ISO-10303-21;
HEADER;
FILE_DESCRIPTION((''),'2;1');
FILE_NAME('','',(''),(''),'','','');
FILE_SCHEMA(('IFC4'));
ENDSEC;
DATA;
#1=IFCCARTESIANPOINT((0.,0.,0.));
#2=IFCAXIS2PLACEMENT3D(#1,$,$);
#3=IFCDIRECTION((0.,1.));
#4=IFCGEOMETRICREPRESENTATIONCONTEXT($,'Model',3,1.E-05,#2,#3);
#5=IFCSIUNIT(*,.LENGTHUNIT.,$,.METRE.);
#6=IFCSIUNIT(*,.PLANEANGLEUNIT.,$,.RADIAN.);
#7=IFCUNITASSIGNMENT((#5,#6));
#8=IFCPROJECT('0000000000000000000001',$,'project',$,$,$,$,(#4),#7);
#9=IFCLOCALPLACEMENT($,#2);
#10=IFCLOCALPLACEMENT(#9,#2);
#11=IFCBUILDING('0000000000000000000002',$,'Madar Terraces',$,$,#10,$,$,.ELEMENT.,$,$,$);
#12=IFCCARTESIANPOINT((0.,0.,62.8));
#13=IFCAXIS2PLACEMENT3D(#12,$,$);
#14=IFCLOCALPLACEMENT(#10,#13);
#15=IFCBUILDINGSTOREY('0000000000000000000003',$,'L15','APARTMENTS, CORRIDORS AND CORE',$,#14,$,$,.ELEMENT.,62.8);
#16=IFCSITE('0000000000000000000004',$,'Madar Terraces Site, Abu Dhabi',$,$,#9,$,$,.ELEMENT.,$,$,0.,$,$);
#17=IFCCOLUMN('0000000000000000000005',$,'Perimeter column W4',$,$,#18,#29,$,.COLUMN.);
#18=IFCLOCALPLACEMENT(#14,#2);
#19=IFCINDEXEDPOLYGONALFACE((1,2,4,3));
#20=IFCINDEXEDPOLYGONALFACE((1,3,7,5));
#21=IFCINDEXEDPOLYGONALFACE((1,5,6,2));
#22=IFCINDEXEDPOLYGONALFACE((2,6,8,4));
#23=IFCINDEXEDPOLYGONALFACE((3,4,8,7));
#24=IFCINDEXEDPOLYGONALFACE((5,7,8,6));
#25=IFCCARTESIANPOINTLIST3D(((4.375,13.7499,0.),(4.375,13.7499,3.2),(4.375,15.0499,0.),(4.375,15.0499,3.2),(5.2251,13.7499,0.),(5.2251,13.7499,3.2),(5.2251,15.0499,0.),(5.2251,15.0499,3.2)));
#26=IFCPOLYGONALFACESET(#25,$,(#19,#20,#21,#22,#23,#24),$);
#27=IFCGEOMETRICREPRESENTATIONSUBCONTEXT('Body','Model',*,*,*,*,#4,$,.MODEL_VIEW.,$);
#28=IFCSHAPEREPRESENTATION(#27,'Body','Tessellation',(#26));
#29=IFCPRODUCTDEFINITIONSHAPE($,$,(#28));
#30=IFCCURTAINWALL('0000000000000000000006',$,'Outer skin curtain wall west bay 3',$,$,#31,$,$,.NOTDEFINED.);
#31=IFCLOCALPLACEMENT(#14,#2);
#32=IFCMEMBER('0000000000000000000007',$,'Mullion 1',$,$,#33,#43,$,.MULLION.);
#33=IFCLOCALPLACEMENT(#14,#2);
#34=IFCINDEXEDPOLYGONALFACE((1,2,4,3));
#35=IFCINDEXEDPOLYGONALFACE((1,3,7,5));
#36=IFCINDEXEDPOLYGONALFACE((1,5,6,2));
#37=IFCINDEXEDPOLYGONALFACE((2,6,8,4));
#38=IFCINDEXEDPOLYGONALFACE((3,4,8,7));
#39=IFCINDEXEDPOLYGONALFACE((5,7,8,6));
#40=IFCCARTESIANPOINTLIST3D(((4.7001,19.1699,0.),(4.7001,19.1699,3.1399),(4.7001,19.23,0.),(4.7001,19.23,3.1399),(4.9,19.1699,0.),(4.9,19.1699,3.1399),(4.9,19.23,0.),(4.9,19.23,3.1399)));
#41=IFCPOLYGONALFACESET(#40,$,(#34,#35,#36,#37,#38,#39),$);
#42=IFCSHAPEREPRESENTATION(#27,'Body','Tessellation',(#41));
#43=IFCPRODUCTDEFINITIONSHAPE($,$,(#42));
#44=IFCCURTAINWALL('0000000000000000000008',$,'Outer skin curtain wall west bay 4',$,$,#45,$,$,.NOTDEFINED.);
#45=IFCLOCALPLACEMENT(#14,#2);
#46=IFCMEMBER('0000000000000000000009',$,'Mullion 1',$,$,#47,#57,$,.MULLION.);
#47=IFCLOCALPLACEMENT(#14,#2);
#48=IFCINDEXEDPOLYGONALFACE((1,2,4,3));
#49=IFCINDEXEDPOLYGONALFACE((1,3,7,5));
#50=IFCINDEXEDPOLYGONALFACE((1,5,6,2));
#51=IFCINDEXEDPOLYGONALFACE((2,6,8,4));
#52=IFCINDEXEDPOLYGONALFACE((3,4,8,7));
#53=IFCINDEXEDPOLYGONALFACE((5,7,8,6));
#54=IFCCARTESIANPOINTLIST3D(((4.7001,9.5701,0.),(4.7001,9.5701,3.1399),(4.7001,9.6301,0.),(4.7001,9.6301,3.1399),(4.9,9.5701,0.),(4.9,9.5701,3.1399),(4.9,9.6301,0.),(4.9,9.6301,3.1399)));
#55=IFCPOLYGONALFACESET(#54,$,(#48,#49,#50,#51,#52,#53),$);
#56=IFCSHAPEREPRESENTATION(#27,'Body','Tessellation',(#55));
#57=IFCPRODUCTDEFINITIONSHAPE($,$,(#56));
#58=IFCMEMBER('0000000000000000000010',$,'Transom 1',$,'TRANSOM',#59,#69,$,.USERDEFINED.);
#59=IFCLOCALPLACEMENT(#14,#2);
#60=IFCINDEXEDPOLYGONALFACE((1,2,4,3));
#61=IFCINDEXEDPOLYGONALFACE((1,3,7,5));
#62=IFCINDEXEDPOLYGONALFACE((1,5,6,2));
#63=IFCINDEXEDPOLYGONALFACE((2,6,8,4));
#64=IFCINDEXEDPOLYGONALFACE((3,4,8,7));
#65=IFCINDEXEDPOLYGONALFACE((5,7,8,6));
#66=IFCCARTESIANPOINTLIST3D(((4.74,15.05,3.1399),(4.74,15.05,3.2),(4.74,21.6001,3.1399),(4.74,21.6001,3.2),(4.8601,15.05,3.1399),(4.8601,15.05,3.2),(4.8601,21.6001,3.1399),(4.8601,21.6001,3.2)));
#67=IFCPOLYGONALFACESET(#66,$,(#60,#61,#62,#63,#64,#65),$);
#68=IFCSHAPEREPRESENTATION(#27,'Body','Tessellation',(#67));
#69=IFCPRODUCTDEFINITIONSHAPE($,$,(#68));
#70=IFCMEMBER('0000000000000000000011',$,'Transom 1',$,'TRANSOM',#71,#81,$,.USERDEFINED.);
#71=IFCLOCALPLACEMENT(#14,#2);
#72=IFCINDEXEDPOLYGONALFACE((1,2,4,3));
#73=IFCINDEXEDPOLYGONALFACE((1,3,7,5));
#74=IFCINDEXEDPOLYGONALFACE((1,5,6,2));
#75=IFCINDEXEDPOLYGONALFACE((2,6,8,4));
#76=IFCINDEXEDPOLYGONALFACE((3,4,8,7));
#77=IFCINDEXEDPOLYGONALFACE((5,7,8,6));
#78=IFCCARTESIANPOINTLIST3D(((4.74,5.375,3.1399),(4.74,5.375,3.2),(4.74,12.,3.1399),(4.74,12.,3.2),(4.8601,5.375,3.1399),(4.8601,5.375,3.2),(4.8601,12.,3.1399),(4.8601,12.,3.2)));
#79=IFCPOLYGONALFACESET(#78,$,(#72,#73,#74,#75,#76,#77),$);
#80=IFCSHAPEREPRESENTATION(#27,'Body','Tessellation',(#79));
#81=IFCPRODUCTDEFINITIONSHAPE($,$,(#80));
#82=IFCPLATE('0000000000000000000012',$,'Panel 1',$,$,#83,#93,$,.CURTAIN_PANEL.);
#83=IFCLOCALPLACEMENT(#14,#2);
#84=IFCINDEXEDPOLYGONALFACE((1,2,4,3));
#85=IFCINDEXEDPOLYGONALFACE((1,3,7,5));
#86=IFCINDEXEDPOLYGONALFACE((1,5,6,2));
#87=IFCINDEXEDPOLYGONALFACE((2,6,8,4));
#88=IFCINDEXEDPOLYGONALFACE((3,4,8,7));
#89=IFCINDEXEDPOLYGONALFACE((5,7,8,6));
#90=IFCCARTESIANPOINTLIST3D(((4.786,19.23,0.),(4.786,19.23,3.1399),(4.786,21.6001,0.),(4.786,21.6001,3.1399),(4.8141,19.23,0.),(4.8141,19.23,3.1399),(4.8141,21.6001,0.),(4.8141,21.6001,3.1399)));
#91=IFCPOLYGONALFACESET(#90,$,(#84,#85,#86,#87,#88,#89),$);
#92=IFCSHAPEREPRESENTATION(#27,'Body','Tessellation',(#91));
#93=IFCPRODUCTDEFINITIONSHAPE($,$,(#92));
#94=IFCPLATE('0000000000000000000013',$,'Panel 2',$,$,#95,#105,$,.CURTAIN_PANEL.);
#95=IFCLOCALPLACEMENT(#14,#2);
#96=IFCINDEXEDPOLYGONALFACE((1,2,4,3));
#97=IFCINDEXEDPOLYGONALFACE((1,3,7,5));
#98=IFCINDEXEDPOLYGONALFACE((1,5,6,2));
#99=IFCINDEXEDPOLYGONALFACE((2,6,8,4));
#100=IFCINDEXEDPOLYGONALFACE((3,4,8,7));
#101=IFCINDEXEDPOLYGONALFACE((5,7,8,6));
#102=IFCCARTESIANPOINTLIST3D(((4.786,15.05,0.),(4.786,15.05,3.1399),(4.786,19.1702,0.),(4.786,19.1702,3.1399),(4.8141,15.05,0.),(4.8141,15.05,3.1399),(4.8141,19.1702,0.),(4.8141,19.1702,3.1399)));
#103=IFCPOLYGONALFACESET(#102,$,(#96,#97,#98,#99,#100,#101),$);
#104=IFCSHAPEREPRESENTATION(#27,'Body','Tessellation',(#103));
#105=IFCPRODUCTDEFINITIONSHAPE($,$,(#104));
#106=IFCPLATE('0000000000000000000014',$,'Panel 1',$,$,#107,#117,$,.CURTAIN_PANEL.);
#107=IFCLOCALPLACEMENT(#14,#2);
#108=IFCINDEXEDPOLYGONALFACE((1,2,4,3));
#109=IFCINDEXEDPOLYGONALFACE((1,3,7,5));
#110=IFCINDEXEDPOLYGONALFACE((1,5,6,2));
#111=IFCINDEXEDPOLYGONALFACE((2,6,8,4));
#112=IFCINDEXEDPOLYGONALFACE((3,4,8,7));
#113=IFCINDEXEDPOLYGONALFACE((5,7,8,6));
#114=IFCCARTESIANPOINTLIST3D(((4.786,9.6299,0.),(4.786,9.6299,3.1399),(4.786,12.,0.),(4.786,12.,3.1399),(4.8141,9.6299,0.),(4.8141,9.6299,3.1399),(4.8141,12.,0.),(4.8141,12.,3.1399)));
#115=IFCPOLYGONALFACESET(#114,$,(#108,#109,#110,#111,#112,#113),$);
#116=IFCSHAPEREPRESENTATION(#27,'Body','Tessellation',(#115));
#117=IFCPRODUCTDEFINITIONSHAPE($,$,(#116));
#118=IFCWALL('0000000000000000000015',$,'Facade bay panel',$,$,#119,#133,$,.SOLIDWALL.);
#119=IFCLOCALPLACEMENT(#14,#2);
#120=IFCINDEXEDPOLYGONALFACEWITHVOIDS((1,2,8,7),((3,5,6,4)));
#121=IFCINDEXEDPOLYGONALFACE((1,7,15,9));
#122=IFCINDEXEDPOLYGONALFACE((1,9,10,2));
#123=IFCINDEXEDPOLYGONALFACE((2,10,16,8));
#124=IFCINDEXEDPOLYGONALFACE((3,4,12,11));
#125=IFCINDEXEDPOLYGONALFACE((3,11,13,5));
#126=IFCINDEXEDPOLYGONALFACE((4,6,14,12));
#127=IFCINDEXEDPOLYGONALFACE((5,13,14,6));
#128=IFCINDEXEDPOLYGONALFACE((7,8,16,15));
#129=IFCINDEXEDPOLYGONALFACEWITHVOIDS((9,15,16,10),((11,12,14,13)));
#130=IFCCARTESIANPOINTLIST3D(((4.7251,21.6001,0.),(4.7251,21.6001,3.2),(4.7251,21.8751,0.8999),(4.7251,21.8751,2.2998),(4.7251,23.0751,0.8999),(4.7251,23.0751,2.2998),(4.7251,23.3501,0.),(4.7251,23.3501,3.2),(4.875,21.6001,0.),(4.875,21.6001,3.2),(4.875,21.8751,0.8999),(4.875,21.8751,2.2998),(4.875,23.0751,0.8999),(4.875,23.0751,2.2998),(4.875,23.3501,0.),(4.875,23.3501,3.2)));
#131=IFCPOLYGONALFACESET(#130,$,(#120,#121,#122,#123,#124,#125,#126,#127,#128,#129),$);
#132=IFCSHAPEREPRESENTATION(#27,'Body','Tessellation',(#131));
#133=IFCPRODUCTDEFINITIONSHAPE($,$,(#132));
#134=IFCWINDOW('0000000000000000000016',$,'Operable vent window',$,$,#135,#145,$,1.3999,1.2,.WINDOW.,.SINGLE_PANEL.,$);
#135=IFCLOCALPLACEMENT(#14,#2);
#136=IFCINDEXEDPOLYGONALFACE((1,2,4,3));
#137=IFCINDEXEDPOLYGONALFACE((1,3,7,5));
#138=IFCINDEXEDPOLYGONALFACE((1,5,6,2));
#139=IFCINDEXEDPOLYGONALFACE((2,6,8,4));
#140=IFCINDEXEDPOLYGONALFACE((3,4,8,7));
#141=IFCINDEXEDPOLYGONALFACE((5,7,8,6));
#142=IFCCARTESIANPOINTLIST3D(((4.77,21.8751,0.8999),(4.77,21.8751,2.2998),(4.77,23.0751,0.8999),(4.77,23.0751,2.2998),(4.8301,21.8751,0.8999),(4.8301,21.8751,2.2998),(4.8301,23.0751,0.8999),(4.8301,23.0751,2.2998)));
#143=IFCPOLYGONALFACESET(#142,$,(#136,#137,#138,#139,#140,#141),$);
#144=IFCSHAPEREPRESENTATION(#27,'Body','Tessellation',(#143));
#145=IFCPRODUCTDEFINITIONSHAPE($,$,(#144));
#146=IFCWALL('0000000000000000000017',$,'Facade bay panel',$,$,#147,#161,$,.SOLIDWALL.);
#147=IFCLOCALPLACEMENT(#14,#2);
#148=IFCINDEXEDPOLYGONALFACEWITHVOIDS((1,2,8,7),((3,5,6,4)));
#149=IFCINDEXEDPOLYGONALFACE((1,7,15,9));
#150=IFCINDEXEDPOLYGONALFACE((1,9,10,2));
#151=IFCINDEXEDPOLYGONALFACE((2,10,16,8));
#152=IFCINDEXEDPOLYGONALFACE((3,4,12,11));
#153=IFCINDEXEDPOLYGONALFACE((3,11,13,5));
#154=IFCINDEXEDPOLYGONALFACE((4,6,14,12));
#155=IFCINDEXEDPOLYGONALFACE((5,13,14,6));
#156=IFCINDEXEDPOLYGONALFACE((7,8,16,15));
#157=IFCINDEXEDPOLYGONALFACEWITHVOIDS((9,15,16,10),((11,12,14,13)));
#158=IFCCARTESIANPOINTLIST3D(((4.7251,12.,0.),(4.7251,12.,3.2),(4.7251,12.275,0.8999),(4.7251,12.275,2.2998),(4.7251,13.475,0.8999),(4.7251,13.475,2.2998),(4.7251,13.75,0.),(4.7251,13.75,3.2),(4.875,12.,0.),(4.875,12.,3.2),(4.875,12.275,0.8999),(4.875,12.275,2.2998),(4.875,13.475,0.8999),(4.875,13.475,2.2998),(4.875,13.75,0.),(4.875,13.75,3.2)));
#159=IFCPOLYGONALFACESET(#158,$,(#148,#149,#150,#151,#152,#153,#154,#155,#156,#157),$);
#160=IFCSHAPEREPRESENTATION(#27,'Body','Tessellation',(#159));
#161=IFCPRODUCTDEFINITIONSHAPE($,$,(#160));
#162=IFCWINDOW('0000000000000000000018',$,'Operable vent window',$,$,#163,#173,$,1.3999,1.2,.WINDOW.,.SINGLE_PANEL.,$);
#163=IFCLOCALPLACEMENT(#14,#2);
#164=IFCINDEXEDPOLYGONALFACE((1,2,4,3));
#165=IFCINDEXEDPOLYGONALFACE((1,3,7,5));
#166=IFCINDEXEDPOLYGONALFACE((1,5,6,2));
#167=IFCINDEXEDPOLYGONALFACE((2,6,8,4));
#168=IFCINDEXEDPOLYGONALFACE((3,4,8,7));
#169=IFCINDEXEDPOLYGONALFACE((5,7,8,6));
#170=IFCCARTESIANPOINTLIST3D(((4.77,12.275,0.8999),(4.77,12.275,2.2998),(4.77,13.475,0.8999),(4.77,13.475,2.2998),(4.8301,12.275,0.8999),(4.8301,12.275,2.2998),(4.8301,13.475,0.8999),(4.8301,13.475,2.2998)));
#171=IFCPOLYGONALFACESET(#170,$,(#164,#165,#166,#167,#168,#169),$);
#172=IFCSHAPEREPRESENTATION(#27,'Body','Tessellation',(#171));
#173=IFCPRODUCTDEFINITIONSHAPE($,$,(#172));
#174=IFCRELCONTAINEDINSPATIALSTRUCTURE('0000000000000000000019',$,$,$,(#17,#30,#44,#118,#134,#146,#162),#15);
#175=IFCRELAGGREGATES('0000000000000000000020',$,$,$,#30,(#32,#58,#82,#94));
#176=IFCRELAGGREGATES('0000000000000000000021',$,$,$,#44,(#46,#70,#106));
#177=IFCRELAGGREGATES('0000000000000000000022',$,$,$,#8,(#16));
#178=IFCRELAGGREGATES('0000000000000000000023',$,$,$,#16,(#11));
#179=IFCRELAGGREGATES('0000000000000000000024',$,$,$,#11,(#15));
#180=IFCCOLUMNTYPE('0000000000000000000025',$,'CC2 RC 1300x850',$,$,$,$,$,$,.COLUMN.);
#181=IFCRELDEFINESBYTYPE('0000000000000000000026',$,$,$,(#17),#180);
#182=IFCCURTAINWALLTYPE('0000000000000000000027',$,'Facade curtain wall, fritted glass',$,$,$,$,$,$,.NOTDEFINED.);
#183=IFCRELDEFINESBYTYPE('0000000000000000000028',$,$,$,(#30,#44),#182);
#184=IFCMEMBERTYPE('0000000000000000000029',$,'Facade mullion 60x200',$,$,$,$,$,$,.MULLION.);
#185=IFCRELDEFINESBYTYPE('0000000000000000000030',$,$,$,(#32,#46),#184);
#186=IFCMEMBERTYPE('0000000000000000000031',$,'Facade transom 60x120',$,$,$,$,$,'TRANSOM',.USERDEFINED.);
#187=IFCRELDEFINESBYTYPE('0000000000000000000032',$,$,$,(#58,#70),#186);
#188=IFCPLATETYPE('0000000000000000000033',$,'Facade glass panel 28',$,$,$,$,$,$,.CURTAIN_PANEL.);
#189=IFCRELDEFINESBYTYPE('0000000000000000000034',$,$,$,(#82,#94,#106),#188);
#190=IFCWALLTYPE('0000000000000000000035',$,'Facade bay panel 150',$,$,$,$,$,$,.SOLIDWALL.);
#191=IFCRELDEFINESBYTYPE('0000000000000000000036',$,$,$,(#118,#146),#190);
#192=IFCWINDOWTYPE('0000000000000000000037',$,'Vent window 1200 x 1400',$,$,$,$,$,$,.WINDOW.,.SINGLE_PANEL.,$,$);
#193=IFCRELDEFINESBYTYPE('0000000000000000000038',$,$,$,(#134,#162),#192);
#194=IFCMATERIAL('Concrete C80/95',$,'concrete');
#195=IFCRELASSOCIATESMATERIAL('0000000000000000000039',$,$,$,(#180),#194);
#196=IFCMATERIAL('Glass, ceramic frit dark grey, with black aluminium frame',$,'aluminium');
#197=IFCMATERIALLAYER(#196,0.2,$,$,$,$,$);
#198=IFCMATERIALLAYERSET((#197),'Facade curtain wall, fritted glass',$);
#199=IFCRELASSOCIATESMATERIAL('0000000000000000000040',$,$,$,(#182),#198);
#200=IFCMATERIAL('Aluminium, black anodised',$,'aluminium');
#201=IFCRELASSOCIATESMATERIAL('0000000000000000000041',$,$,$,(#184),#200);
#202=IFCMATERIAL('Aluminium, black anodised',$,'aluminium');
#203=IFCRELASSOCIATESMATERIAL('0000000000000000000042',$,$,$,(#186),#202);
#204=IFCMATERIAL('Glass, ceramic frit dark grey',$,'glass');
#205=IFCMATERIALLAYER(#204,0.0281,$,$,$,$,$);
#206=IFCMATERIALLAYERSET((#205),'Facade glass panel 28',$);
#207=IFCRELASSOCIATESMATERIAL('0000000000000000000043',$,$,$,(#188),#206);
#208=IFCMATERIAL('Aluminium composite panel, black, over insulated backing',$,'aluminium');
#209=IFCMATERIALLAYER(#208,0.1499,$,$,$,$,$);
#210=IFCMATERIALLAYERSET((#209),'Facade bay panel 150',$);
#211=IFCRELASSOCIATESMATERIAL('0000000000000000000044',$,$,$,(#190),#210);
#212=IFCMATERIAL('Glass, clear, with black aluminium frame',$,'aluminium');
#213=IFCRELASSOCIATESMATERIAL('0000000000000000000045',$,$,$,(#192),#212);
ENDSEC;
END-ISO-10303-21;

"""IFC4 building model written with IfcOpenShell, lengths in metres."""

from ifc_helpers import new_model, si_unit, direction, frame, frame_2d, origin, origin_2d, place, context, subcontext, project, spatial, rectangle, extrude, material, layer, layer_set, material_profile, profile_set, type_object, element, fill, aggregate, save


model = new_model("IFC4")

# Units and contexts
model_context = context("Model", 3, precision=1e-05, world=origin(), true_north=direction((0.0, 1.0)))
body_context = subcontext(model_context, "Body", "Model", "MODEL_VIEW")
ifc_project = project(units=[si_unit("LENGTHUNIT", "METRE"), si_unit("PLANEANGLEUNIT", "RADIAN")], contexts=[model_context])

# Site, building, storey
site_placement = place(None, origin())
site = spatial("IfcSite", under=ifc_project, at=site_placement, Name="Madar Terraces Site, Abu Dhabi", CompositionType="ELEMENT", RefElevation=0.0)
building_placement = place(site_placement, origin())
building = spatial("IfcBuilding", under=site, at=building_placement, Name="Madar Terraces", CompositionType="ELEMENT")
storey_placement = place(building_placement, frame((0.0, 0.0, 62.8)))
storey = spatial("IfcBuildingStorey", under=building, at=storey_placement, Name="L15", Description="APARTMENTS, CORRIDORS AND CORE", CompositionType="ELEMENT", Elevation=62.8)

# Column
ifc_material_1 = material(Name="Concrete C80/95", Category="concrete")
ifc_material_profile_1 = material_profile(ifc_material_1, rectangle(XDim=1.3, YDim=0.8501, at=origin_2d()), Name="CC2 RC 1300x850")
ifc_profile_set_1 = profile_set([ifc_material_profile_1], Name="Concrete C80/95")
column_type = type_object("IfcColumnType", Name="CC2 RC 1300x850", PredefinedType="COLUMN", material=ifc_profile_set_1)
column_placement = place(storey_placement, frame((4.8, 14.3999, 0.0), z_axis=(0.0, 0.0, 1.0), x_axis=(0.0, 1.0, 0.0)))
element("IfcColumn", 1, at=column_placement, inside=storey, type_object=column_type, Name="Perimeter column W4", PredefinedType="COLUMN", context=body_context, shape_type="SweptSolid", body=[
    extrude(rectangle(XDim=1.3, YDim=0.8501, at=origin_2d()), origin(), (0.0, 0.0, 1.0), 3.2),
])

# Curtain walls, members
ifc_material_2 = material(Name="Glass, ceramic frit dark grey, with black aluminium frame", Category="aluminium")
ifc_layer_1 = layer(ifc_material_2, 0.2)
ifc_layer_set_1 = layer_set([ifc_layer_1], Name="Facade curtain wall, fritted glass")
curtain_wall_type = type_object("IfcCurtainWallType", Name="Facade curtain wall, fritted glass", PredefinedType="NOTDEFINED", material=ifc_layer_set_1)
curtain_wall_1_placement = place(storey_placement, origin())
curtain_wall_1 = element("IfcCurtainWall", 2, at=curtain_wall_1_placement, inside=storey, type_object=curtain_wall_type, Name="Outer skin curtain wall west bay 3", PredefinedType="NOTDEFINED")
ifc_material_3 = material(Name="Aluminium, black anodised", Category="aluminium")
ifc_material_profile_2 = material_profile(ifc_material_3, rectangle(XDim=0.2, YDim=0.0601, at=origin_2d()), Name="Facade mullion 60x200")
ifc_profile_set_2 = profile_set([ifc_material_profile_2], Name="Aluminium, black anodised")
member_type_1 = type_object("IfcMemberType", Name="Facade mullion 60x200", PredefinedType="MULLION", material=ifc_profile_set_2)
member_1_placement = place(storey_placement, frame((4.8, 19.2, 0.0), z_axis=(0.0, 0.0, 1.0), x_axis=(1.0, 0.0, 0.0)))
member_1 = element("IfcMember", 3, at=member_1_placement, type_object=member_type_1, Name="Mullion 1", PredefinedType="MULLION", context=body_context, shape_type="SweptSolid", body=[
    extrude(rectangle(XDim=0.2, YDim=0.0601, at=origin_2d()), origin(), (0.0, 0.0, 1.0), 3.1399),
])
curtain_wall_2_placement = place(storey_placement, origin())
curtain_wall_2 = element("IfcCurtainWall", 4, at=curtain_wall_2_placement, inside=storey, type_object=curtain_wall_type, Name="Outer skin curtain wall west bay 4", PredefinedType="NOTDEFINED")
member_2_placement = place(storey_placement, frame((4.8, 9.6001, 0.0), z_axis=(0.0, 0.0, 1.0), x_axis=(1.0, 0.0, 0.0)))
member_2 = element("IfcMember", 5, at=member_2_placement, type_object=member_type_1, Name="Mullion 1", PredefinedType="MULLION", context=body_context, shape_type="SweptSolid", body=[
    extrude(rectangle(XDim=0.2, YDim=0.0601, at=origin_2d()), origin(), (0.0, 0.0, 1.0), 3.1399),
])

# Members
ifc_material_4 = material(Name="Aluminium, black anodised", Category="aluminium")
ifc_material_profile_3 = material_profile(ifc_material_4, rectangle(XDim=0.1201, YDim=0.0601, at=origin_2d()), Name="Facade transom 60x120")
ifc_profile_set_3 = profile_set([ifc_material_profile_3], Name="Aluminium, black anodised")
member_type_2 = type_object("IfcMemberType", Name="Facade transom 60x120", ElementType="TRANSOM", PredefinedType="USERDEFINED", material=ifc_profile_set_3)
member_3_placement = place(storey_placement, frame((4.8, 21.6001, 3.1699), z_axis=(0.0, -1.0, 0.0), x_axis=(1.0, 0.0, 0.0)))
member_3 = element("IfcMember", 6, at=member_3_placement, type_object=member_type_2, Name="Transom 1", ObjectType="TRANSOM", PredefinedType="USERDEFINED", context=body_context, shape_type="SweptSolid", body=[
    extrude(rectangle(XDim=0.1201, YDim=0.0601, at=origin_2d()), origin(), (0.0, 0.0, 1.0), 6.55),
])
member_4_placement = place(storey_placement, frame((4.8, 12.0, 3.1699), z_axis=(0.0, -1.0, 0.0), x_axis=(1.0, 0.0, 0.0)))
member_4 = element("IfcMember", 7, at=member_4_placement, type_object=member_type_2, Name="Transom 1", ObjectType="TRANSOM", PredefinedType="USERDEFINED", context=body_context, shape_type="SweptSolid", body=[
    extrude(rectangle(XDim=0.1201, YDim=0.0601, at=origin_2d()), origin(), (0.0, 0.0, 1.0), 6.625),
])

# Plates
ifc_material_5 = material(Name="Glass, ceramic frit dark grey", Category="glass")
ifc_layer_2 = layer(ifc_material_5, 0.0281)
ifc_layer_set_2 = layer_set([ifc_layer_2], Name="Facade glass panel 28")
plate_type = type_object("IfcPlateType", Name="Facade glass panel 28", PredefinedType="CURTAIN_PANEL", material=ifc_layer_set_2)
plate_1_placement = place(storey_placement, frame((4.8, 20.415, 0.0), z_axis=(0.0, 0.0, 1.0), x_axis=(0.0, -1.0, 0.0)))
plate_1 = element("IfcPlate", 8, at=plate_1_placement, type_object=plate_type, Name="Panel 1", PredefinedType="CURTAIN_PANEL", context=body_context, shape_type="SweptSolid", body=[
    extrude(rectangle(XDim=2.3701, YDim=0.0281, at=origin_2d()), origin(), (0.0, 0.0, 1.0), 3.1399),
])
plate_2_placement = place(storey_placement, frame((4.8, 17.1101, 0.0), z_axis=(0.0, 0.0, 1.0), x_axis=(0.0, -1.0, 0.0)))
plate_2 = element("IfcPlate", 9, at=plate_2_placement, type_object=plate_type, Name="Panel 2", PredefinedType="CURTAIN_PANEL", context=body_context, shape_type="SweptSolid", body=[
    extrude(rectangle(XDim=4.1201, YDim=0.0281, at=origin_2d()), origin(), (0.0, 0.0, 1.0), 3.1399),
])
aggregate(curtain_wall_1, [member_1, member_3, plate_1, plate_2])
plate_3_placement = place(storey_placement, frame((4.8, 10.8149, 0.0), z_axis=(0.0, 0.0, 1.0), x_axis=(0.0, -1.0, 0.0)))
plate_3 = element("IfcPlate", 10, at=plate_3_placement, type_object=plate_type, Name="Panel 1", PredefinedType="CURTAIN_PANEL", context=body_context, shape_type="SweptSolid", body=[
    extrude(rectangle(XDim=2.3701, YDim=0.0281, at=origin_2d()), origin(), (0.0, 0.0, 1.0), 3.1399),
])
aggregate(curtain_wall_2, [member_2, member_4, plate_3])

# Walls, openings, windows
ifc_material_6 = material(Name="Aluminium composite panel, black, over insulated backing", Category="aluminium")
ifc_layer_3 = layer(ifc_material_6, 0.1499)
ifc_layer_set_3 = layer_set([ifc_layer_3], Name="Facade bay panel 150")
wall_type_1 = type_object("IfcWallType", Name="Facade bay panel 150", PredefinedType="SOLIDWALL", material=ifc_layer_set_3)
wall_1_placement = place(storey_placement, frame((4.8, 23.3501, 0.0), z_axis=(0.0, 0.0, 1.0), x_axis=(0.0, -1.0, 0.0)))
wall_1 = element("IfcWall", 11, at=wall_1_placement, inside=storey, type_object=wall_type_1, Name="Facade bay panel", PredefinedType="SOLIDWALL", context=body_context, shape_type="SweptSolid", body=[
    extrude(rectangle(XDim=1.75, YDim=0.1499, at=frame_2d((0.875, 0.0))), origin(), (0.0, 0.0, 1.0), 3.2),
])
opening_1_placement = place(wall_1_placement, frame((0.2749, 0.0, 0.8999)))
opening_1 = element("IfcOpeningElement", 12, at=opening_1_placement, cuts=wall_1, PredefinedType="OPENING", context=body_context, shape_type="SweptSolid", body=[
    extrude(rectangle(XDim=1.2, YDim=1.3999, at=frame_2d((0.6001, 0.7))), frame((0.0, 0.085, 0.0), z_axis=(0.0, -1.0, 0.0), x_axis=(1.0, 0.0, 0.0)), (0.0, 0.0, 1.0), 0.1699),
])
ifc_material_7 = material(Name="Glass, clear, with black aluminium frame", Category="aluminium")
window_type = type_object("IfcWindowType", Name="Vent window 1200 x 1400", PartitioningType="SINGLE_PANEL", PredefinedType="WINDOW", material=ifc_material_7)
window_1_placement = place(opening_1_placement, origin())
window_1 = element("IfcWindow", 13, at=window_1_placement, inside=storey, type_object=window_type, Name="Operable vent window", OverallHeight=1.3999, OverallWidth=1.2, PartitioningType="SINGLE_PANEL", PredefinedType="WINDOW", context=body_context, shape_type="SweptSolid", body=[
    extrude(rectangle(XDim=1.2, YDim=1.3999, at=frame_2d((0.6001, 0.7))), frame((0.0, 0.03, 0.0), z_axis=(0.0, -1.0, 0.0), x_axis=(1.0, 0.0, 0.0)), (0.0, 0.0, 1.0), 0.0601),
])
fill(opening_1, window_1)
wall_2_placement = place(storey_placement, frame((4.8, 13.75, 0.0), z_axis=(0.0, 0.0, 1.0), x_axis=(0.0, -1.0, 0.0)))
wall_2 = element("IfcWall", 14, at=wall_2_placement, inside=storey, type_object=wall_type_1, Name="Facade bay panel", PredefinedType="SOLIDWALL", context=body_context, shape_type="SweptSolid", body=[
    extrude(rectangle(XDim=1.75, YDim=0.1499, at=frame_2d((0.875, 0.0))), origin(), (0.0, 0.0, 1.0), 3.2),
])
opening_2_placement = place(wall_2_placement, frame((0.2749, 0.0, 0.8999)))
opening_2 = element("IfcOpeningElement", 15, at=opening_2_placement, cuts=wall_2, PredefinedType="OPENING", context=body_context, shape_type="SweptSolid", body=[
    extrude(rectangle(XDim=1.2, YDim=1.3999, at=frame_2d((0.6001, 0.7))), frame((0.0, 0.085, 0.0), z_axis=(0.0, -1.0, 0.0), x_axis=(1.0, 0.0, 0.0)), (0.0, 0.0, 1.0), 0.1699),
])
window_2_placement = place(opening_2_placement, origin())
window_2 = element("IfcWindow", 16, at=window_2_placement, inside=storey, type_object=window_type, Name="Operable vent window", OverallHeight=1.3999, OverallWidth=1.2, PartitioningType="SINGLE_PANEL", PredefinedType="WINDOW", context=body_context, shape_type="SweptSolid", body=[
    extrude(rectangle(XDim=1.2, YDim=1.3999, at=frame_2d((0.6001, 0.7))), frame((0.0, 0.03, 0.0), z_axis=(0.0, -1.0, 0.0), x_axis=(1.0, 0.0, 0.0)), (0.0, 0.0, 1.0), 0.0601),
])
fill(opening_2, window_2)

save(model, "model.ifc")
